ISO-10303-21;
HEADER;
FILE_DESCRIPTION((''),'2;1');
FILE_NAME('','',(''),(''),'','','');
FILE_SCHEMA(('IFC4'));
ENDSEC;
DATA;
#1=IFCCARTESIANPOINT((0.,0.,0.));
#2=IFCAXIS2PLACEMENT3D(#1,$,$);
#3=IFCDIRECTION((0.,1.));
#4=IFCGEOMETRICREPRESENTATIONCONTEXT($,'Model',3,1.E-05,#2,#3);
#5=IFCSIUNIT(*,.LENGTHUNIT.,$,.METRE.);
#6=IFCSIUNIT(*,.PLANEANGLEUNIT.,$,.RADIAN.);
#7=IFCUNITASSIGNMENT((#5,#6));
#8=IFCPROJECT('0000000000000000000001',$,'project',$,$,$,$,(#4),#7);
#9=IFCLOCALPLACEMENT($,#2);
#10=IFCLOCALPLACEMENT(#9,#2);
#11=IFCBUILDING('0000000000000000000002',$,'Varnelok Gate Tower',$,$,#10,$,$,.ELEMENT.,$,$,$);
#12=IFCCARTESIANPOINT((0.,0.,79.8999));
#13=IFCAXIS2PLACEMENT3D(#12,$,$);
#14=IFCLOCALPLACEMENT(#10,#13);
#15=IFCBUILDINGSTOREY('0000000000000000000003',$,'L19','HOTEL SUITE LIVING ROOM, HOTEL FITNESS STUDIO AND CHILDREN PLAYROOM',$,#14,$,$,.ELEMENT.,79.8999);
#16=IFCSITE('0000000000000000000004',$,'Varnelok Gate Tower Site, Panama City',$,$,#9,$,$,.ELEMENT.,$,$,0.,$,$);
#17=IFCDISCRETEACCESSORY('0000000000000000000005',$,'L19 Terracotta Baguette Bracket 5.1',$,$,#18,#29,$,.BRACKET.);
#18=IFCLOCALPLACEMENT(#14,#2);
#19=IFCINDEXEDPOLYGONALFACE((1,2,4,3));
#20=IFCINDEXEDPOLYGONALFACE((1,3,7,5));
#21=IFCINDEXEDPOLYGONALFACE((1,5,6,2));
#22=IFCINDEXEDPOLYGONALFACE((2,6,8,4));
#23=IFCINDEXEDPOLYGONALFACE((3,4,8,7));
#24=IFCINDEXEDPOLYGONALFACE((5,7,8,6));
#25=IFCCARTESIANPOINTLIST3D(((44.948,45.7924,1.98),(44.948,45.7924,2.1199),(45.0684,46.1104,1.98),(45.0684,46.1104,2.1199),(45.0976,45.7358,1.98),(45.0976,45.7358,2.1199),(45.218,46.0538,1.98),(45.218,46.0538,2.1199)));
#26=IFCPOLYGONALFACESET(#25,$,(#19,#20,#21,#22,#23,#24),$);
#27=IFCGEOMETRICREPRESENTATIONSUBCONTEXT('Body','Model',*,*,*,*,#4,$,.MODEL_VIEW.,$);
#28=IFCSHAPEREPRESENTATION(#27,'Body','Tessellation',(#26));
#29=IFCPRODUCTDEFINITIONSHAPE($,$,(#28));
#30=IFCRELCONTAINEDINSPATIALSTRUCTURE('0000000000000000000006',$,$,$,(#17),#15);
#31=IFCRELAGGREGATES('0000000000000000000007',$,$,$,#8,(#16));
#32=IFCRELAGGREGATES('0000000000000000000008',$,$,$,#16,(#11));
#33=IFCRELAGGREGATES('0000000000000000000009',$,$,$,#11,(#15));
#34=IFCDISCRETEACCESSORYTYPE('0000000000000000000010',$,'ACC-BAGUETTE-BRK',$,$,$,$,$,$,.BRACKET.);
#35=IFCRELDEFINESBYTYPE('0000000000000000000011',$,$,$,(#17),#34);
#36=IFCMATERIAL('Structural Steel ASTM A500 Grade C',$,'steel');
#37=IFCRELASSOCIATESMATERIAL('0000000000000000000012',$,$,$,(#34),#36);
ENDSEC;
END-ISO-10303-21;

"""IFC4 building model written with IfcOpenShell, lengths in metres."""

from ifc_helpers import new_model, si_unit, direction, frame, origin, origin_2d, place, context, subcontext, project, spatial, rectangle, extrude, source, transform, mapped, material, type_object, element, save


model = new_model("IFC4")

# Units and contexts
model_context = context("Model", 3, precision=1e-05, world=origin(), true_north=direction((0.0, 1.0)))
body_context = subcontext(model_context, "Body", "Model", "MODEL_VIEW")
ifc_project = project(units=[si_unit("LENGTHUNIT", "METRE"), si_unit("PLANEANGLEUNIT", "RADIAN")], contexts=[model_context])

# Site, building, storey
site_placement = place(None, origin())
site = spatial("IfcSite", under=ifc_project, at=site_placement, Name="Varnelok Gate Tower Site, Panama City", CompositionType="ELEMENT", RefElevation=0.0)
building_placement = place(site_placement, origin())
building = spatial("IfcBuilding", under=site, at=building_placement, Name="Varnelok Gate Tower", CompositionType="ELEMENT")
storey_placement = place(building_placement, frame((0.0, 0.0, 79.8999)))
storey = spatial("IfcBuildingStorey", under=building, at=storey_placement, Name="L19", Description="HOTEL SUITE LIVING ROOM, HOTEL FITNESS STUDIO AND CHILDREN PLAYROOM", CompositionType="ELEMENT", Elevation=79.8999)

# Discrete accessory
ifc_material_1 = material(Name="Structural Steel ASTM A500 Grade C", Category="steel")
discrete_accessory_type = type_object("IfcDiscreteAccessoryType", Name="ACC-BAGUETTE-BRK", PredefinedType="BRACKET", material=ifc_material_1)
shared_shape_1 = source(origin(), body_context, "Body", "SweptSolid", [
    extrude(rectangle(XDim=0.1599, YDim=0.3401, at=origin_2d()), origin(), (0.0, 0.0, 1.0), 0.1399),
])
discrete_accessory_placement = place(storey_placement, frame((45.083, 45.9231, 1.98), z_axis=(0.0, 0.0, 1.0), x_axis=(0.935222, -0.354063, 0.0)))
element("IfcDiscreteAccessory", 1, at=discrete_accessory_placement, inside=storey, type_object=discrete_accessory_type, Name="L19 Terracotta Baguette Bracket 5.1", PredefinedType="BRACKET", context=body_context, shape_type="MappedRepresentation", body=[
    mapped(shared_shape_1, transform((0.0, 0.0, 0.0), scale=1.0)),
])

save(model, "model.ifc")
